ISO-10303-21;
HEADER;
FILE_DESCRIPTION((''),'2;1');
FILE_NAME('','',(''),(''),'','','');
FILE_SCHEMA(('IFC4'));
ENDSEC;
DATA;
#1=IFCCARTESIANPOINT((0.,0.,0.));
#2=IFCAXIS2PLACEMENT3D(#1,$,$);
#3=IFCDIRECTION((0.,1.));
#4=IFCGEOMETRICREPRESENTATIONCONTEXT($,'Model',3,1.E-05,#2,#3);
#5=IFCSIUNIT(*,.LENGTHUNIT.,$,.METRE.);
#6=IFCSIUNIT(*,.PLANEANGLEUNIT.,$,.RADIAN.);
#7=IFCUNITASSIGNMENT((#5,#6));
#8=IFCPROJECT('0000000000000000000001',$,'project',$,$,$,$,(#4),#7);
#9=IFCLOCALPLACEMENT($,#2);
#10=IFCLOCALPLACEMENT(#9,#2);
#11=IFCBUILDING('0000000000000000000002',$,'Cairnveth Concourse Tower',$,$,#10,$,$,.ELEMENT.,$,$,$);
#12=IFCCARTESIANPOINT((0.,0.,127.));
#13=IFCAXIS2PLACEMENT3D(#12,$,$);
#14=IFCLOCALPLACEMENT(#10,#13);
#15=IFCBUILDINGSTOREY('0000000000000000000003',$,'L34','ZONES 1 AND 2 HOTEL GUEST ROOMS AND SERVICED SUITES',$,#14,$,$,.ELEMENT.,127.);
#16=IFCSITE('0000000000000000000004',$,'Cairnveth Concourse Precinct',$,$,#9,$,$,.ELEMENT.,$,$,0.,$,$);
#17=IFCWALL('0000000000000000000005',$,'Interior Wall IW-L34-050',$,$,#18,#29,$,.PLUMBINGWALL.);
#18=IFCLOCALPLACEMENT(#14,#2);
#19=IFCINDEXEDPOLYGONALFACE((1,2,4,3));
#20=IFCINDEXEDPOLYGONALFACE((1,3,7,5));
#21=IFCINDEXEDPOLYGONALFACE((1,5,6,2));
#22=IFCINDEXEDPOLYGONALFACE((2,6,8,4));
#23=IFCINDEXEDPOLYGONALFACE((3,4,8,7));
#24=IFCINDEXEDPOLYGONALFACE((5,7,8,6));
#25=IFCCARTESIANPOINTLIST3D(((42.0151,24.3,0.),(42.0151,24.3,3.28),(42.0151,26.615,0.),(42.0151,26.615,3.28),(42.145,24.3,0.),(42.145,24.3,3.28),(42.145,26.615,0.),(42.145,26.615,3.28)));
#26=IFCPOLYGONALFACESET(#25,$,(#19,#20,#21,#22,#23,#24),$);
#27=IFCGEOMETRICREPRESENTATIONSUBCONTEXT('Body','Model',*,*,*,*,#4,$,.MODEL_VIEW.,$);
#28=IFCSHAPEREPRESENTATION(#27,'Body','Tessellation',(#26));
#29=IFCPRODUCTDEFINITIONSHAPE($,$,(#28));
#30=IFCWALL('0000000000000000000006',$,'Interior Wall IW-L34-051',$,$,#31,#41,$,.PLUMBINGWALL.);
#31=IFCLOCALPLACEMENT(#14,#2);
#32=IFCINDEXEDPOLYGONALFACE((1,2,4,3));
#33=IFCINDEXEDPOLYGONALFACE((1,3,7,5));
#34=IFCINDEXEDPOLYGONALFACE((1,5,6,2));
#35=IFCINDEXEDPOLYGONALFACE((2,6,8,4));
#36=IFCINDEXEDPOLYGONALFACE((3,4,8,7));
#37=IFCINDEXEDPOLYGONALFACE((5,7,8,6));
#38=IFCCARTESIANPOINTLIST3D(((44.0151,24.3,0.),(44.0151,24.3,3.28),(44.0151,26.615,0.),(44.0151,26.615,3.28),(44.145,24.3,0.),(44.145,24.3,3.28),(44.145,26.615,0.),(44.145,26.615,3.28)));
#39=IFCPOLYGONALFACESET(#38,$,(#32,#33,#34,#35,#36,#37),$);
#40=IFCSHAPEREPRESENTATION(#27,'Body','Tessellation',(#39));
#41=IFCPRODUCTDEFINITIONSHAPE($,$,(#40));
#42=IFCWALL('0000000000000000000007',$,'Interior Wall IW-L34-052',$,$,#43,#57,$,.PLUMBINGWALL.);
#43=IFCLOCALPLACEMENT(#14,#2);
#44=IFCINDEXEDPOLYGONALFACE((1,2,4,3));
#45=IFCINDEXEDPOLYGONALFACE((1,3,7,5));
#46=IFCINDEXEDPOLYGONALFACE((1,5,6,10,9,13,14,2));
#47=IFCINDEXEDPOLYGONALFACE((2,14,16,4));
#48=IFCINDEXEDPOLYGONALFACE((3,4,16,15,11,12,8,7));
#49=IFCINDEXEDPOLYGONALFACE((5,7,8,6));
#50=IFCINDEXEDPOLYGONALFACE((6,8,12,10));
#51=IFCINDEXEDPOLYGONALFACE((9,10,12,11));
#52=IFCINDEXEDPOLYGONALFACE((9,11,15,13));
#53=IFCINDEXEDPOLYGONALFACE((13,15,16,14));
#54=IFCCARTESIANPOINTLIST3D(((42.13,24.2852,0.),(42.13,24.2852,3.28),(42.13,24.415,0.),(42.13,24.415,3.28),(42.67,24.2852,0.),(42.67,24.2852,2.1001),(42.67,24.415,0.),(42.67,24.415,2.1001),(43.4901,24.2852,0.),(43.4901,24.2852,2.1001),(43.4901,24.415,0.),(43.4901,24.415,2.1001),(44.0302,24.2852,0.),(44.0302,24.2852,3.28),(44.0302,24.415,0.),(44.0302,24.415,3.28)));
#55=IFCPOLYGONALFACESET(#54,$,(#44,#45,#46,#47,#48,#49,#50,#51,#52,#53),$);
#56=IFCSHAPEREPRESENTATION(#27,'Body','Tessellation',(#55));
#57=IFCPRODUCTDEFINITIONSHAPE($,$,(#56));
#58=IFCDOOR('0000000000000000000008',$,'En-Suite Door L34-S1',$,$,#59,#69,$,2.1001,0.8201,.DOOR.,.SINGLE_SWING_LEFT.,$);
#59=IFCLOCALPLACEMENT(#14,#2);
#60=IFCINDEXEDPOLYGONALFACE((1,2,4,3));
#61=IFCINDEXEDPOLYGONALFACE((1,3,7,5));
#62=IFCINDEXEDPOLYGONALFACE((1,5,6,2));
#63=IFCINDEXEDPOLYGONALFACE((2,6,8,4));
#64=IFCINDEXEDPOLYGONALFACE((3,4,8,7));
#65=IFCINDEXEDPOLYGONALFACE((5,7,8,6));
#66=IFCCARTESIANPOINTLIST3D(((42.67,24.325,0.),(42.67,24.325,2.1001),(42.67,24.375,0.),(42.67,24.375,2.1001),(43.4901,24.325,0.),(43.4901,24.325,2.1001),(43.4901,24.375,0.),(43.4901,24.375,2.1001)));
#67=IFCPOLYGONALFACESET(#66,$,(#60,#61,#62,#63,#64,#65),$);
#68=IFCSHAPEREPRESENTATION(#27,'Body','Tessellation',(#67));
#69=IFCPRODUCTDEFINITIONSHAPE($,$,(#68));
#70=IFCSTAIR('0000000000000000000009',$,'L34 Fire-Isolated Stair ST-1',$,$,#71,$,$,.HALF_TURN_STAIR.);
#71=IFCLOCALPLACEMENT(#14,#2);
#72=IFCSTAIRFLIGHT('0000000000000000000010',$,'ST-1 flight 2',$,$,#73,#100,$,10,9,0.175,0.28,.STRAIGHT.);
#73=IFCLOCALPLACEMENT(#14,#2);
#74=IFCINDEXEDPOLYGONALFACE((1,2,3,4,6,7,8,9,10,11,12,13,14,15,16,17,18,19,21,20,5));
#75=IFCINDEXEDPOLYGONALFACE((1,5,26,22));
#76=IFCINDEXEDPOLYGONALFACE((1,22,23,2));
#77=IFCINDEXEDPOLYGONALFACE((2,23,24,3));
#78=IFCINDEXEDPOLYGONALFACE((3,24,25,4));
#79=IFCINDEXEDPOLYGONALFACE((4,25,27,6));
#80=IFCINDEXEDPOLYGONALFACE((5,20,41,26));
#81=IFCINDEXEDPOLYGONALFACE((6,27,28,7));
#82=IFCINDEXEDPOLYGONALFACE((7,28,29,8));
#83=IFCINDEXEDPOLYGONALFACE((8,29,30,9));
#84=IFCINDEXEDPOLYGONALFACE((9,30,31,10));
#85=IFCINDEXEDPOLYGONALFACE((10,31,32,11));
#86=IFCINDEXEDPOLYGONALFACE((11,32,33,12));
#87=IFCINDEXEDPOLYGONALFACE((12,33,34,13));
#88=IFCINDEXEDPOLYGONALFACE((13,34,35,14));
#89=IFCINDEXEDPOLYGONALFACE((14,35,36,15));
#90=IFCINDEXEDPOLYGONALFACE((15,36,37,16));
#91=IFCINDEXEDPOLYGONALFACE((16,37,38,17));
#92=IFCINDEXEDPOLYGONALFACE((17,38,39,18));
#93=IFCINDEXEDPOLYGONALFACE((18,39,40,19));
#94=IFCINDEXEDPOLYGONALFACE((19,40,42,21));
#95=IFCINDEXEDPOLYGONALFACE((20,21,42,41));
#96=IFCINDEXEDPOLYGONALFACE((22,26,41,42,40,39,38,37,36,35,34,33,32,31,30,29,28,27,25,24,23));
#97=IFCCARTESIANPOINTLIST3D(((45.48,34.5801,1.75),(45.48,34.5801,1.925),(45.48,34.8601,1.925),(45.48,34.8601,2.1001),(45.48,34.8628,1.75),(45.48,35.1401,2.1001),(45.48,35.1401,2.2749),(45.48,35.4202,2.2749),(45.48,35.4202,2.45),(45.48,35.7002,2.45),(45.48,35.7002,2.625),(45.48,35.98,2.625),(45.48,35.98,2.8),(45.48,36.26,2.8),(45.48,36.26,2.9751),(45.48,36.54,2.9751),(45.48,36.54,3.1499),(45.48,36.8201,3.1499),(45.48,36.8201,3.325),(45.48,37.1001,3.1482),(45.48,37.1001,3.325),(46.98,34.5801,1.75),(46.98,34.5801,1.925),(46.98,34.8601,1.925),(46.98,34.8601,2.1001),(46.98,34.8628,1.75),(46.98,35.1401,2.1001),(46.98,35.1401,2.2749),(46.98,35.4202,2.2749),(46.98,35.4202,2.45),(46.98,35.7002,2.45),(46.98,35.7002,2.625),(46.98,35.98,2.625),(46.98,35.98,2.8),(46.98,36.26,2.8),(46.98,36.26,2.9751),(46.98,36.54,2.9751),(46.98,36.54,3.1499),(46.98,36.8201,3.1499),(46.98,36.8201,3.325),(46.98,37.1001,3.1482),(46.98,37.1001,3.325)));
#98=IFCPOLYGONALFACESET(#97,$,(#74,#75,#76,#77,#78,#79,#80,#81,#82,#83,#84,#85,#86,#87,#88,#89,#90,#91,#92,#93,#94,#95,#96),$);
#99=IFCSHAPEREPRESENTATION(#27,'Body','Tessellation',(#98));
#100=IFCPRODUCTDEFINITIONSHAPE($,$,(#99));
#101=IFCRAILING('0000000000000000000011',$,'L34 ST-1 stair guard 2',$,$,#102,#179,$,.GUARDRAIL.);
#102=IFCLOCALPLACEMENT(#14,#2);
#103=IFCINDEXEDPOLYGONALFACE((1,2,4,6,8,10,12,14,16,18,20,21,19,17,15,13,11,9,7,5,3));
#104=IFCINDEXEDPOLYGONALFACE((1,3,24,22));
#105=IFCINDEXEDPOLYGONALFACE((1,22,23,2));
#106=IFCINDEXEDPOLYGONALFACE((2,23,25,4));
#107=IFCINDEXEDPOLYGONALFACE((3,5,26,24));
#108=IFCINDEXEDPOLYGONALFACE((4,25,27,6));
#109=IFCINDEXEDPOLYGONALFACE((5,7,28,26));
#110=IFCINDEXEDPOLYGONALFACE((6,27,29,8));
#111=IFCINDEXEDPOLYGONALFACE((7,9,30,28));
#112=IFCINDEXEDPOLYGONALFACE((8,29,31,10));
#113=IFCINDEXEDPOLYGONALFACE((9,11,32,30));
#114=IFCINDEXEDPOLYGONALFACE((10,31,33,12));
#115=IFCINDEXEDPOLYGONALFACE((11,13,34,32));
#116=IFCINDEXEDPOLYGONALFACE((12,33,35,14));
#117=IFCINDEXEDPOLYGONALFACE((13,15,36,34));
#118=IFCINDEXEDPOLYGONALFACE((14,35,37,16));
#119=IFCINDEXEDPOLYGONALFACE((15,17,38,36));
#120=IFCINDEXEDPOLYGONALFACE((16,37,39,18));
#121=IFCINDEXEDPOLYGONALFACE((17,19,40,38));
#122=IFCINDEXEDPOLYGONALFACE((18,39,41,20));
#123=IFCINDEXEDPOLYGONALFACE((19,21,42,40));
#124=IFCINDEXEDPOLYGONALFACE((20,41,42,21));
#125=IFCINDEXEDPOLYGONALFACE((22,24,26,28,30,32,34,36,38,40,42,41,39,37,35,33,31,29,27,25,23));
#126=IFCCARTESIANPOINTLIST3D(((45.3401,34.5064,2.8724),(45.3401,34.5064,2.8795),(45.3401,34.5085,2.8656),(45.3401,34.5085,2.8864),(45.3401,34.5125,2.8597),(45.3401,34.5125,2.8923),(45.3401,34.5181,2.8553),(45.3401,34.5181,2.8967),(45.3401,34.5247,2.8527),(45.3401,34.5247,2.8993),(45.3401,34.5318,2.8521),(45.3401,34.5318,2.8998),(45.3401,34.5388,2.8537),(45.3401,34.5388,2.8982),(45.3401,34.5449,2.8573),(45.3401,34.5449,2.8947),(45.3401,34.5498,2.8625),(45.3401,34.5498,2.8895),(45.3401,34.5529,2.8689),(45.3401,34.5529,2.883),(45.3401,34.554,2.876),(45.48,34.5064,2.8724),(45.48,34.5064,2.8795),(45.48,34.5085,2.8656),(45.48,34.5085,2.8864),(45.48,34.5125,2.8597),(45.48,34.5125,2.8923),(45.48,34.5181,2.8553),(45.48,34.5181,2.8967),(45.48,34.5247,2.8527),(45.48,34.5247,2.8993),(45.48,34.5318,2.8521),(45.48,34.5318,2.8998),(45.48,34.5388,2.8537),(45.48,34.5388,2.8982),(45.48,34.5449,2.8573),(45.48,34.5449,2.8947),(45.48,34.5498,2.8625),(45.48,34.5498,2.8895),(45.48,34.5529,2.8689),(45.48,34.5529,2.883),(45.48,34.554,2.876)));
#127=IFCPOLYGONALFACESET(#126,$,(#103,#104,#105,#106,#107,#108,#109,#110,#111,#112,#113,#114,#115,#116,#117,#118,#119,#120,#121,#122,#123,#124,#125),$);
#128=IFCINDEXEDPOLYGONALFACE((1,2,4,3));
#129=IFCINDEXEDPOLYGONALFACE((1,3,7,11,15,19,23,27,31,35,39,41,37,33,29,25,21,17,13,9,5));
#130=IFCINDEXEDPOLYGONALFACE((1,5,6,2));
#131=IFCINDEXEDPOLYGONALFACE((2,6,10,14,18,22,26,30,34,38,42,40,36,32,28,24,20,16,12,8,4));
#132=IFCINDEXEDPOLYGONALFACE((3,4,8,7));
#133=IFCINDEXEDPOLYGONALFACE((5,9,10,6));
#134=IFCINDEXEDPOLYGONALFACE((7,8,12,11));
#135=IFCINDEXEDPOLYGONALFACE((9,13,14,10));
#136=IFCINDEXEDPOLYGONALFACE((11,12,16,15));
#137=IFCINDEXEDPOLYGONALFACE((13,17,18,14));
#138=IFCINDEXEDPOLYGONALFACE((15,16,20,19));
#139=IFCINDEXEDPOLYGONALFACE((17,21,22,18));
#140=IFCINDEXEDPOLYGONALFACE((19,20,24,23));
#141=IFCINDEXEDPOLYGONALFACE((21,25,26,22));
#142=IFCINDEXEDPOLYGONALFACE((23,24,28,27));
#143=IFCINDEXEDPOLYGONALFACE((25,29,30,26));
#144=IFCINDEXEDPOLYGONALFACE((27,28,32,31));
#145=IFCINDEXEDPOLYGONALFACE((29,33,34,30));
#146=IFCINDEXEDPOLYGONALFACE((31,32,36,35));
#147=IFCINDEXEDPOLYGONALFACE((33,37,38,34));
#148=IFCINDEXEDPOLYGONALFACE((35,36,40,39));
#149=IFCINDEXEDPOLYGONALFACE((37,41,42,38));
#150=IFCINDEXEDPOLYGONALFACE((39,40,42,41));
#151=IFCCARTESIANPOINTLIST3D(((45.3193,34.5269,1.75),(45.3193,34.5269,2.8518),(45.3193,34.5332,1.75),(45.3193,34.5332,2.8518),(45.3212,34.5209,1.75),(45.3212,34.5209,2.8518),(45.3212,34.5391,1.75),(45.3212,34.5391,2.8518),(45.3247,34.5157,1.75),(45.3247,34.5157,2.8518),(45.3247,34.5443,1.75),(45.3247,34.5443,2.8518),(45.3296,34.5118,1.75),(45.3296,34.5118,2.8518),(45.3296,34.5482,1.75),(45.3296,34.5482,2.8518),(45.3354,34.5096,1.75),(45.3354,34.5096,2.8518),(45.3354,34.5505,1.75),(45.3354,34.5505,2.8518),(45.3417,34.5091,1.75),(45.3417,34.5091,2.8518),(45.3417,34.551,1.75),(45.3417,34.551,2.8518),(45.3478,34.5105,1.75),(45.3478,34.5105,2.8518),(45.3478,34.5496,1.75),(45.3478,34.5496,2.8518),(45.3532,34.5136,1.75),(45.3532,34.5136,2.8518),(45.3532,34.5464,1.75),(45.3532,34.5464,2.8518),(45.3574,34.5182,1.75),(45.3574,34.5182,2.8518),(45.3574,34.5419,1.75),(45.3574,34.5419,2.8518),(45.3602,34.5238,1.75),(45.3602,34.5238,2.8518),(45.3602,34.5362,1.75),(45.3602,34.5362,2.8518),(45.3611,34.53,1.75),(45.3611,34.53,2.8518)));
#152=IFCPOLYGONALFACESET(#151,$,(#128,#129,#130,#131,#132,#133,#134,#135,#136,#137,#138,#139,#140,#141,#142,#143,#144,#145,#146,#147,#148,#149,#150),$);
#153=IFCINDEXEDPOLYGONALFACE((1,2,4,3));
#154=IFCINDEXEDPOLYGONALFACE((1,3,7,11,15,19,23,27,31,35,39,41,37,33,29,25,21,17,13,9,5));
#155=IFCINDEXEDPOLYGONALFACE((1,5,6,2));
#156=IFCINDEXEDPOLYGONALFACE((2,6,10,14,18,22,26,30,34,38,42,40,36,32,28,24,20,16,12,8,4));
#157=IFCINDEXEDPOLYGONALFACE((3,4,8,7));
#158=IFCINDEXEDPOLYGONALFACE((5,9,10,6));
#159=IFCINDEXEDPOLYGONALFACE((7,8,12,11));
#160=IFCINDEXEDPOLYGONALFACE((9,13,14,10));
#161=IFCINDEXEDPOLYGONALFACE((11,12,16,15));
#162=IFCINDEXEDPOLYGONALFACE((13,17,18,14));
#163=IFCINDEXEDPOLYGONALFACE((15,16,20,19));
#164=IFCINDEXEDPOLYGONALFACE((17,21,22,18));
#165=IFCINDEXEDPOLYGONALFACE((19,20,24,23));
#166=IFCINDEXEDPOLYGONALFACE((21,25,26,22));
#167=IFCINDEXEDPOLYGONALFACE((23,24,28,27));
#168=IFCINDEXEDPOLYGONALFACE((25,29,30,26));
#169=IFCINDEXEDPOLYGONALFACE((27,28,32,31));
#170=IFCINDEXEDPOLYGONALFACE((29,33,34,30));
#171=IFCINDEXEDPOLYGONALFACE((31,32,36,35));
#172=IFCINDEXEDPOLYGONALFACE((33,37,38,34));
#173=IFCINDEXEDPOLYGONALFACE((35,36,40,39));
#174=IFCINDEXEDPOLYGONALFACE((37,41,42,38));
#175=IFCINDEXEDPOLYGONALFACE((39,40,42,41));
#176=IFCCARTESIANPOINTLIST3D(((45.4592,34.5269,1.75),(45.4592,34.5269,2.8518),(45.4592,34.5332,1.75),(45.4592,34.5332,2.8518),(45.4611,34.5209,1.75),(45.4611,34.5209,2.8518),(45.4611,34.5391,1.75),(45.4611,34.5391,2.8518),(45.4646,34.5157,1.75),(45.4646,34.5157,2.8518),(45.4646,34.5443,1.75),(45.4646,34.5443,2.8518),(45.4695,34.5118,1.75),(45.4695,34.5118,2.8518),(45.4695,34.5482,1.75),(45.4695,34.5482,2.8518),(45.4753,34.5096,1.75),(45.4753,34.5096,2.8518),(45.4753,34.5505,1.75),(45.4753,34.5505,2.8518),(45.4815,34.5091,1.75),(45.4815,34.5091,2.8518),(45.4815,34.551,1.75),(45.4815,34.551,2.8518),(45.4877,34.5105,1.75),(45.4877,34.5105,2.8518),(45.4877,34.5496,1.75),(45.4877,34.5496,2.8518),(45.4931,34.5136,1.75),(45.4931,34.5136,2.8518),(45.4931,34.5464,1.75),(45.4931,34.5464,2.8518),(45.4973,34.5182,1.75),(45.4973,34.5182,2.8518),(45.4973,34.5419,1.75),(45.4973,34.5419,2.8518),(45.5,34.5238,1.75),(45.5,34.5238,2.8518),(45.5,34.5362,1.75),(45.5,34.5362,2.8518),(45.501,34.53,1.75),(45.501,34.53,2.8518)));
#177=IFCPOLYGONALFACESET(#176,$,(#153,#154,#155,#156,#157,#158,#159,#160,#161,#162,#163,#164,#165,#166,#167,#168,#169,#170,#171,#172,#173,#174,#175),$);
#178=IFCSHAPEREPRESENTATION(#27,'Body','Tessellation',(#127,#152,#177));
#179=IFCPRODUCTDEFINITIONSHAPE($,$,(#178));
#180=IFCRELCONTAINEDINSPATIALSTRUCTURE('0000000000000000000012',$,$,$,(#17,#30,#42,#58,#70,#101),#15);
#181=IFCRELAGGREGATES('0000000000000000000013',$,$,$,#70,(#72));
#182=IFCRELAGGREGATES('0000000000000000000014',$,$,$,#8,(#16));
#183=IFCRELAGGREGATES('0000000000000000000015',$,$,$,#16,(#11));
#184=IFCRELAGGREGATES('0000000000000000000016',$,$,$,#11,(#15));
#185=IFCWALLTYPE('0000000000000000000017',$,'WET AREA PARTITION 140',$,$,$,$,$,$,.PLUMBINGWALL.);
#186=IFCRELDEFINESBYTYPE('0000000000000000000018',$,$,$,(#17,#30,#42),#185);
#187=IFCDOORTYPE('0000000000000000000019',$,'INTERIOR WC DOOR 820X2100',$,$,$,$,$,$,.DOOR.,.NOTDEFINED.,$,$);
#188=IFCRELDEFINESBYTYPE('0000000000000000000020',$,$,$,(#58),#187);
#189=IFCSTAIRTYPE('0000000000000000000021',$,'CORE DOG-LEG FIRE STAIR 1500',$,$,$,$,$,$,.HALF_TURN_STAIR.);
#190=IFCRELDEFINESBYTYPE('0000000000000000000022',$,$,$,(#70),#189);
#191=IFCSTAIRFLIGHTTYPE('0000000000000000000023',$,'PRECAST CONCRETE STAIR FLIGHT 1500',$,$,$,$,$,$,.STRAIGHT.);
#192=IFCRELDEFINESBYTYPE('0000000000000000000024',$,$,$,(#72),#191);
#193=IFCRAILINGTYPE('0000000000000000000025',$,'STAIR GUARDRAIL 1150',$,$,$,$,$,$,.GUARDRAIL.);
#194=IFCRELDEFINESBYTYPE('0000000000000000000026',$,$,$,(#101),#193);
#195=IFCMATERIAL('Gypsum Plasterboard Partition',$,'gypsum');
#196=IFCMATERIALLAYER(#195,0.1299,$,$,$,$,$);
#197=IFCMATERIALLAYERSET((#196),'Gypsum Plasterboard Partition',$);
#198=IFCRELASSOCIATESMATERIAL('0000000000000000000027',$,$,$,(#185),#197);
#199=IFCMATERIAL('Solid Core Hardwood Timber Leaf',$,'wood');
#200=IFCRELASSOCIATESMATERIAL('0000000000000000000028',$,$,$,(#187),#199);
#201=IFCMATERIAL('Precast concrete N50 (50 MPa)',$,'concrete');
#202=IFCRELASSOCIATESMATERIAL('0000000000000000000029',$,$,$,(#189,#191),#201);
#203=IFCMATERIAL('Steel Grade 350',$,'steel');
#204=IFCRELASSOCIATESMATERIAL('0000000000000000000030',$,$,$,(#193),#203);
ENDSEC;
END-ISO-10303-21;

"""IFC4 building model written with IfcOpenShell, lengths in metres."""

from ifc_helpers import new_model, si_unit, direction, frame, frame_2d, origin, origin_2d, place, context, subcontext, project, spatial, polyline, rectangle, circle, outline, extrude, material, layer, layer_set, type_object, element, fill, aggregate, save


model = new_model("IFC4")

# Units and contexts
model_context = context("Model", 3, precision=1e-05, world=origin(), true_north=direction((0.0, 1.0)))
body_context = subcontext(model_context, "Body", "Model", "MODEL_VIEW")
ifc_project = project(units=[si_unit("LENGTHUNIT", "METRE"), si_unit("PLANEANGLEUNIT", "RADIAN")], contexts=[model_context])

# Site, building, storey
site_placement = place(None, origin())
site = spatial("IfcSite", under=ifc_project, at=site_placement, Name="Cairnveth Concourse Precinct", CompositionType="ELEMENT", RefElevation=0.0)
building_placement = place(site_placement, origin())
building = spatial("IfcBuilding", under=site, at=building_placement, Name="Cairnveth Concourse Tower", CompositionType="ELEMENT")
storey_placement = place(building_placement, frame((0.0, 0.0, 127.0)))
storey = spatial("IfcBuildingStorey", under=building, at=storey_placement, Name="L34", Description="ZONES 1 AND 2 HOTEL GUEST ROOMS AND SERVICED SUITES", CompositionType="ELEMENT", Elevation=127.0)

# Shared definitions
ifc_material_1 = material(Name="Gypsum Plasterboard Partition", Category="gypsum")

# Shared definitions
ifc_material_2 = material(Name="Solid Core Hardwood Timber Leaf", Category="wood")

# Walls
ifc_layer_1 = layer(ifc_material_1, 0.1299)
ifc_layer_set_1 = layer_set([ifc_layer_1], Name="Gypsum Plasterboard Partition")
wall_type_1 = type_object("IfcWallType", Name="WET AREA PARTITION 140", PredefinedType="PLUMBINGWALL", material=ifc_layer_set_1)
for number, where, z_axis, x_axis, name in (
    (1, (42.0801, 24.3, 0.0), (0.0, 0.0, 1.0), (0.0, 1.0, 0.0), "Interior Wall IW-L34-050"),
    (2, (44.0801, 24.3, 0.0), (0.0, 0.0, 1.0), (0.0, 1.0, 0.0), "Interior Wall IW-L34-051"),
):
    element("IfcWall", number, at=place(storey_placement, frame(where, z_axis=z_axis, x_axis=x_axis)), inside=storey, type_object=wall_type_1, Name=name, PredefinedType="PLUMBINGWALL", context=body_context, shape_type="SweptSolid", body=[
        extrude(rectangle(XDim=2.3149, YDim=0.1299, at=frame_2d((1.1575, 0.0))), origin(), (0.0, 0.0, 1.0), 3.28),
    ])

# Wall, opening, door
wall_1_placement = place(storey_placement, frame((42.1299, 24.3501, 0.0), z_axis=(0.0, 0.0, 1.0), x_axis=(1.0, 0.0, 0.0)))
wall_1 = element("IfcWall", 3, at=wall_1_placement, inside=storey, type_object=wall_type_1, Name="Interior Wall IW-L34-052", PredefinedType="PLUMBINGWALL", context=body_context, shape_type="SweptSolid", body=[
    extrude(rectangle(XDim=1.9001, YDim=0.1299, at=frame_2d((0.9502, 0.0))), origin(), (0.0, 0.0, 1.0), 3.28),
])
opening_1_placement = place(wall_1_placement, frame((0.54, 0.0, 0.0)))
opening_1 = element("IfcOpeningElement", 4, at=opening_1_placement, cuts=wall_1, PredefinedType="OPENING", context=body_context, shape_type="SweptSolid", body=[
    extrude(rectangle(XDim=0.8201, YDim=2.1001, at=frame_2d((0.4102, 1.05))), frame((0.0, 0.075, 0.0), z_axis=(0.0, -1.0, 0.0), x_axis=(1.0, 0.0, 0.0)), (0.0, 0.0, 1.0), 0.1499),
])
door_type_1 = type_object("IfcDoorType", Name="INTERIOR WC DOOR 820X2100", OperationType="NOTDEFINED", PredefinedType="DOOR", material=ifc_material_2)
door_1_placement = place(opening_1_placement, origin())
door_1 = element("IfcDoor", 5, at=door_1_placement, inside=storey, type_object=door_type_1, Name="En-Suite Door L34-S1", OperationType="SINGLE_SWING_LEFT", OverallHeight=2.1001, OverallWidth=0.8201, PredefinedType="DOOR", context=body_context, shape_type="SweptSolid", body=[
    extrude(rectangle(XDim=0.8201, YDim=2.1001, at=frame_2d((0.4102, 1.05))), frame((0.0, 0.0249, 0.0), z_axis=(0.0, -1.0, 0.0), x_axis=(1.0, 0.0, 0.0)), (0.0, 0.0, 1.0), 0.05),
])
fill(opening_1, door_1)

# Stair, stair flight
ifc_material_3 = material(Name="Precast concrete N50 (50 MPa)", Category="concrete")
stair_type = type_object("IfcStairType", Name="CORE DOG-LEG FIRE STAIR 1500", PredefinedType="HALF_TURN_STAIR", material=ifc_material_3)
stair_placement = place(storey_placement, origin())
stair = element("IfcStair", 6, at=stair_placement, inside=storey, type_object=stair_type, Name="L34 Fire-Isolated Stair ST-1", PredefinedType="HALF_TURN_STAIR")
stair_flight_type = type_object("IfcStairFlightType", Name="PRECAST CONCRETE STAIR FLIGHT 1500", PredefinedType="STRAIGHT", material=ifc_material_3)
stair_flight_placement = place(storey_placement, frame((46.23, 34.5801, 1.75), z_axis=(0.0, 0.0, 1.0), x_axis=(0.0, 1.0, 0.0)))
stair_flight = element("IfcStairFlight", 7, at=stair_flight_placement, type_object=stair_flight_type, Name="ST-1 flight 2", NumberOfRisers=10, NumberOfTreads=9, PredefinedType="STRAIGHT", RiserHeight=0.175, TreadLength=0.28, context=body_context, shape_type="SweptSolid", body=[
    extrude(outline(polyline([(0.0, 0.0), (0.0, 0.175), (0.28, 0.175), (0.28, 0.3501), (0.5601, 0.3501), (0.5601, 0.5249), (0.8401, 0.5249), (0.8401, 0.7), (1.1201, 0.7), (1.1201, 0.875), (1.3999, 0.875), (1.3999, 1.05), (1.6799, 1.05), (1.6799, 1.2251), (1.96, 1.2251), (1.96, 1.3999), (2.24, 1.3999), (2.24, 1.575), (2.52, 1.575), (2.52, 1.75), (2.52, 1.3982), (0.2827, 0.0), (0.0, 0.0)])), frame((0.0, 0.75, 0.0), z_axis=(0.0, -1.0, 0.0), x_axis=(1.0, 0.0, 0.0)), (0.0, 0.0, 1.0), 1.5),
])
aggregate(stair, [stair_flight])

# Railing
ifc_material_4 = material(Name="Steel Grade 350", Category="steel")
railing_type_1 = type_object("IfcRailingType", Name="STAIR GUARDRAIL 1150", PredefinedType="GUARDRAIL", material=ifc_material_4)
railing_1_placement = place(storey_placement, frame((45.3401, 34.53, 1.75)))
element("IfcRailing", 8, at=railing_1_placement, inside=storey, type_object=railing_type_1, Name="L34 ST-1 stair guard 2", PredefinedType="GUARDRAIL", context=body_context, shape_type="SweptSolid", body=[
    extrude(circle(Radius=0.0239, at=origin_2d()), frame((0.0, 0.0, 1.126), z_axis=(1.0, 0.0, 0.0), x_axis=(0.0, 1.0, 0.0)), (0.0, 0.0, 1.0), 0.1399),
    extrude(circle(Radius=0.021, at=origin_2d()), origin(), (0.0, 0.0, 1.0), 1.1018),
    extrude(circle(Radius=0.021, at=origin_2d()), frame((0.1399, 0.0, 0.0)), (0.0, 0.0, 1.0), 1.1018),
])

save(model, "model.ifc")
